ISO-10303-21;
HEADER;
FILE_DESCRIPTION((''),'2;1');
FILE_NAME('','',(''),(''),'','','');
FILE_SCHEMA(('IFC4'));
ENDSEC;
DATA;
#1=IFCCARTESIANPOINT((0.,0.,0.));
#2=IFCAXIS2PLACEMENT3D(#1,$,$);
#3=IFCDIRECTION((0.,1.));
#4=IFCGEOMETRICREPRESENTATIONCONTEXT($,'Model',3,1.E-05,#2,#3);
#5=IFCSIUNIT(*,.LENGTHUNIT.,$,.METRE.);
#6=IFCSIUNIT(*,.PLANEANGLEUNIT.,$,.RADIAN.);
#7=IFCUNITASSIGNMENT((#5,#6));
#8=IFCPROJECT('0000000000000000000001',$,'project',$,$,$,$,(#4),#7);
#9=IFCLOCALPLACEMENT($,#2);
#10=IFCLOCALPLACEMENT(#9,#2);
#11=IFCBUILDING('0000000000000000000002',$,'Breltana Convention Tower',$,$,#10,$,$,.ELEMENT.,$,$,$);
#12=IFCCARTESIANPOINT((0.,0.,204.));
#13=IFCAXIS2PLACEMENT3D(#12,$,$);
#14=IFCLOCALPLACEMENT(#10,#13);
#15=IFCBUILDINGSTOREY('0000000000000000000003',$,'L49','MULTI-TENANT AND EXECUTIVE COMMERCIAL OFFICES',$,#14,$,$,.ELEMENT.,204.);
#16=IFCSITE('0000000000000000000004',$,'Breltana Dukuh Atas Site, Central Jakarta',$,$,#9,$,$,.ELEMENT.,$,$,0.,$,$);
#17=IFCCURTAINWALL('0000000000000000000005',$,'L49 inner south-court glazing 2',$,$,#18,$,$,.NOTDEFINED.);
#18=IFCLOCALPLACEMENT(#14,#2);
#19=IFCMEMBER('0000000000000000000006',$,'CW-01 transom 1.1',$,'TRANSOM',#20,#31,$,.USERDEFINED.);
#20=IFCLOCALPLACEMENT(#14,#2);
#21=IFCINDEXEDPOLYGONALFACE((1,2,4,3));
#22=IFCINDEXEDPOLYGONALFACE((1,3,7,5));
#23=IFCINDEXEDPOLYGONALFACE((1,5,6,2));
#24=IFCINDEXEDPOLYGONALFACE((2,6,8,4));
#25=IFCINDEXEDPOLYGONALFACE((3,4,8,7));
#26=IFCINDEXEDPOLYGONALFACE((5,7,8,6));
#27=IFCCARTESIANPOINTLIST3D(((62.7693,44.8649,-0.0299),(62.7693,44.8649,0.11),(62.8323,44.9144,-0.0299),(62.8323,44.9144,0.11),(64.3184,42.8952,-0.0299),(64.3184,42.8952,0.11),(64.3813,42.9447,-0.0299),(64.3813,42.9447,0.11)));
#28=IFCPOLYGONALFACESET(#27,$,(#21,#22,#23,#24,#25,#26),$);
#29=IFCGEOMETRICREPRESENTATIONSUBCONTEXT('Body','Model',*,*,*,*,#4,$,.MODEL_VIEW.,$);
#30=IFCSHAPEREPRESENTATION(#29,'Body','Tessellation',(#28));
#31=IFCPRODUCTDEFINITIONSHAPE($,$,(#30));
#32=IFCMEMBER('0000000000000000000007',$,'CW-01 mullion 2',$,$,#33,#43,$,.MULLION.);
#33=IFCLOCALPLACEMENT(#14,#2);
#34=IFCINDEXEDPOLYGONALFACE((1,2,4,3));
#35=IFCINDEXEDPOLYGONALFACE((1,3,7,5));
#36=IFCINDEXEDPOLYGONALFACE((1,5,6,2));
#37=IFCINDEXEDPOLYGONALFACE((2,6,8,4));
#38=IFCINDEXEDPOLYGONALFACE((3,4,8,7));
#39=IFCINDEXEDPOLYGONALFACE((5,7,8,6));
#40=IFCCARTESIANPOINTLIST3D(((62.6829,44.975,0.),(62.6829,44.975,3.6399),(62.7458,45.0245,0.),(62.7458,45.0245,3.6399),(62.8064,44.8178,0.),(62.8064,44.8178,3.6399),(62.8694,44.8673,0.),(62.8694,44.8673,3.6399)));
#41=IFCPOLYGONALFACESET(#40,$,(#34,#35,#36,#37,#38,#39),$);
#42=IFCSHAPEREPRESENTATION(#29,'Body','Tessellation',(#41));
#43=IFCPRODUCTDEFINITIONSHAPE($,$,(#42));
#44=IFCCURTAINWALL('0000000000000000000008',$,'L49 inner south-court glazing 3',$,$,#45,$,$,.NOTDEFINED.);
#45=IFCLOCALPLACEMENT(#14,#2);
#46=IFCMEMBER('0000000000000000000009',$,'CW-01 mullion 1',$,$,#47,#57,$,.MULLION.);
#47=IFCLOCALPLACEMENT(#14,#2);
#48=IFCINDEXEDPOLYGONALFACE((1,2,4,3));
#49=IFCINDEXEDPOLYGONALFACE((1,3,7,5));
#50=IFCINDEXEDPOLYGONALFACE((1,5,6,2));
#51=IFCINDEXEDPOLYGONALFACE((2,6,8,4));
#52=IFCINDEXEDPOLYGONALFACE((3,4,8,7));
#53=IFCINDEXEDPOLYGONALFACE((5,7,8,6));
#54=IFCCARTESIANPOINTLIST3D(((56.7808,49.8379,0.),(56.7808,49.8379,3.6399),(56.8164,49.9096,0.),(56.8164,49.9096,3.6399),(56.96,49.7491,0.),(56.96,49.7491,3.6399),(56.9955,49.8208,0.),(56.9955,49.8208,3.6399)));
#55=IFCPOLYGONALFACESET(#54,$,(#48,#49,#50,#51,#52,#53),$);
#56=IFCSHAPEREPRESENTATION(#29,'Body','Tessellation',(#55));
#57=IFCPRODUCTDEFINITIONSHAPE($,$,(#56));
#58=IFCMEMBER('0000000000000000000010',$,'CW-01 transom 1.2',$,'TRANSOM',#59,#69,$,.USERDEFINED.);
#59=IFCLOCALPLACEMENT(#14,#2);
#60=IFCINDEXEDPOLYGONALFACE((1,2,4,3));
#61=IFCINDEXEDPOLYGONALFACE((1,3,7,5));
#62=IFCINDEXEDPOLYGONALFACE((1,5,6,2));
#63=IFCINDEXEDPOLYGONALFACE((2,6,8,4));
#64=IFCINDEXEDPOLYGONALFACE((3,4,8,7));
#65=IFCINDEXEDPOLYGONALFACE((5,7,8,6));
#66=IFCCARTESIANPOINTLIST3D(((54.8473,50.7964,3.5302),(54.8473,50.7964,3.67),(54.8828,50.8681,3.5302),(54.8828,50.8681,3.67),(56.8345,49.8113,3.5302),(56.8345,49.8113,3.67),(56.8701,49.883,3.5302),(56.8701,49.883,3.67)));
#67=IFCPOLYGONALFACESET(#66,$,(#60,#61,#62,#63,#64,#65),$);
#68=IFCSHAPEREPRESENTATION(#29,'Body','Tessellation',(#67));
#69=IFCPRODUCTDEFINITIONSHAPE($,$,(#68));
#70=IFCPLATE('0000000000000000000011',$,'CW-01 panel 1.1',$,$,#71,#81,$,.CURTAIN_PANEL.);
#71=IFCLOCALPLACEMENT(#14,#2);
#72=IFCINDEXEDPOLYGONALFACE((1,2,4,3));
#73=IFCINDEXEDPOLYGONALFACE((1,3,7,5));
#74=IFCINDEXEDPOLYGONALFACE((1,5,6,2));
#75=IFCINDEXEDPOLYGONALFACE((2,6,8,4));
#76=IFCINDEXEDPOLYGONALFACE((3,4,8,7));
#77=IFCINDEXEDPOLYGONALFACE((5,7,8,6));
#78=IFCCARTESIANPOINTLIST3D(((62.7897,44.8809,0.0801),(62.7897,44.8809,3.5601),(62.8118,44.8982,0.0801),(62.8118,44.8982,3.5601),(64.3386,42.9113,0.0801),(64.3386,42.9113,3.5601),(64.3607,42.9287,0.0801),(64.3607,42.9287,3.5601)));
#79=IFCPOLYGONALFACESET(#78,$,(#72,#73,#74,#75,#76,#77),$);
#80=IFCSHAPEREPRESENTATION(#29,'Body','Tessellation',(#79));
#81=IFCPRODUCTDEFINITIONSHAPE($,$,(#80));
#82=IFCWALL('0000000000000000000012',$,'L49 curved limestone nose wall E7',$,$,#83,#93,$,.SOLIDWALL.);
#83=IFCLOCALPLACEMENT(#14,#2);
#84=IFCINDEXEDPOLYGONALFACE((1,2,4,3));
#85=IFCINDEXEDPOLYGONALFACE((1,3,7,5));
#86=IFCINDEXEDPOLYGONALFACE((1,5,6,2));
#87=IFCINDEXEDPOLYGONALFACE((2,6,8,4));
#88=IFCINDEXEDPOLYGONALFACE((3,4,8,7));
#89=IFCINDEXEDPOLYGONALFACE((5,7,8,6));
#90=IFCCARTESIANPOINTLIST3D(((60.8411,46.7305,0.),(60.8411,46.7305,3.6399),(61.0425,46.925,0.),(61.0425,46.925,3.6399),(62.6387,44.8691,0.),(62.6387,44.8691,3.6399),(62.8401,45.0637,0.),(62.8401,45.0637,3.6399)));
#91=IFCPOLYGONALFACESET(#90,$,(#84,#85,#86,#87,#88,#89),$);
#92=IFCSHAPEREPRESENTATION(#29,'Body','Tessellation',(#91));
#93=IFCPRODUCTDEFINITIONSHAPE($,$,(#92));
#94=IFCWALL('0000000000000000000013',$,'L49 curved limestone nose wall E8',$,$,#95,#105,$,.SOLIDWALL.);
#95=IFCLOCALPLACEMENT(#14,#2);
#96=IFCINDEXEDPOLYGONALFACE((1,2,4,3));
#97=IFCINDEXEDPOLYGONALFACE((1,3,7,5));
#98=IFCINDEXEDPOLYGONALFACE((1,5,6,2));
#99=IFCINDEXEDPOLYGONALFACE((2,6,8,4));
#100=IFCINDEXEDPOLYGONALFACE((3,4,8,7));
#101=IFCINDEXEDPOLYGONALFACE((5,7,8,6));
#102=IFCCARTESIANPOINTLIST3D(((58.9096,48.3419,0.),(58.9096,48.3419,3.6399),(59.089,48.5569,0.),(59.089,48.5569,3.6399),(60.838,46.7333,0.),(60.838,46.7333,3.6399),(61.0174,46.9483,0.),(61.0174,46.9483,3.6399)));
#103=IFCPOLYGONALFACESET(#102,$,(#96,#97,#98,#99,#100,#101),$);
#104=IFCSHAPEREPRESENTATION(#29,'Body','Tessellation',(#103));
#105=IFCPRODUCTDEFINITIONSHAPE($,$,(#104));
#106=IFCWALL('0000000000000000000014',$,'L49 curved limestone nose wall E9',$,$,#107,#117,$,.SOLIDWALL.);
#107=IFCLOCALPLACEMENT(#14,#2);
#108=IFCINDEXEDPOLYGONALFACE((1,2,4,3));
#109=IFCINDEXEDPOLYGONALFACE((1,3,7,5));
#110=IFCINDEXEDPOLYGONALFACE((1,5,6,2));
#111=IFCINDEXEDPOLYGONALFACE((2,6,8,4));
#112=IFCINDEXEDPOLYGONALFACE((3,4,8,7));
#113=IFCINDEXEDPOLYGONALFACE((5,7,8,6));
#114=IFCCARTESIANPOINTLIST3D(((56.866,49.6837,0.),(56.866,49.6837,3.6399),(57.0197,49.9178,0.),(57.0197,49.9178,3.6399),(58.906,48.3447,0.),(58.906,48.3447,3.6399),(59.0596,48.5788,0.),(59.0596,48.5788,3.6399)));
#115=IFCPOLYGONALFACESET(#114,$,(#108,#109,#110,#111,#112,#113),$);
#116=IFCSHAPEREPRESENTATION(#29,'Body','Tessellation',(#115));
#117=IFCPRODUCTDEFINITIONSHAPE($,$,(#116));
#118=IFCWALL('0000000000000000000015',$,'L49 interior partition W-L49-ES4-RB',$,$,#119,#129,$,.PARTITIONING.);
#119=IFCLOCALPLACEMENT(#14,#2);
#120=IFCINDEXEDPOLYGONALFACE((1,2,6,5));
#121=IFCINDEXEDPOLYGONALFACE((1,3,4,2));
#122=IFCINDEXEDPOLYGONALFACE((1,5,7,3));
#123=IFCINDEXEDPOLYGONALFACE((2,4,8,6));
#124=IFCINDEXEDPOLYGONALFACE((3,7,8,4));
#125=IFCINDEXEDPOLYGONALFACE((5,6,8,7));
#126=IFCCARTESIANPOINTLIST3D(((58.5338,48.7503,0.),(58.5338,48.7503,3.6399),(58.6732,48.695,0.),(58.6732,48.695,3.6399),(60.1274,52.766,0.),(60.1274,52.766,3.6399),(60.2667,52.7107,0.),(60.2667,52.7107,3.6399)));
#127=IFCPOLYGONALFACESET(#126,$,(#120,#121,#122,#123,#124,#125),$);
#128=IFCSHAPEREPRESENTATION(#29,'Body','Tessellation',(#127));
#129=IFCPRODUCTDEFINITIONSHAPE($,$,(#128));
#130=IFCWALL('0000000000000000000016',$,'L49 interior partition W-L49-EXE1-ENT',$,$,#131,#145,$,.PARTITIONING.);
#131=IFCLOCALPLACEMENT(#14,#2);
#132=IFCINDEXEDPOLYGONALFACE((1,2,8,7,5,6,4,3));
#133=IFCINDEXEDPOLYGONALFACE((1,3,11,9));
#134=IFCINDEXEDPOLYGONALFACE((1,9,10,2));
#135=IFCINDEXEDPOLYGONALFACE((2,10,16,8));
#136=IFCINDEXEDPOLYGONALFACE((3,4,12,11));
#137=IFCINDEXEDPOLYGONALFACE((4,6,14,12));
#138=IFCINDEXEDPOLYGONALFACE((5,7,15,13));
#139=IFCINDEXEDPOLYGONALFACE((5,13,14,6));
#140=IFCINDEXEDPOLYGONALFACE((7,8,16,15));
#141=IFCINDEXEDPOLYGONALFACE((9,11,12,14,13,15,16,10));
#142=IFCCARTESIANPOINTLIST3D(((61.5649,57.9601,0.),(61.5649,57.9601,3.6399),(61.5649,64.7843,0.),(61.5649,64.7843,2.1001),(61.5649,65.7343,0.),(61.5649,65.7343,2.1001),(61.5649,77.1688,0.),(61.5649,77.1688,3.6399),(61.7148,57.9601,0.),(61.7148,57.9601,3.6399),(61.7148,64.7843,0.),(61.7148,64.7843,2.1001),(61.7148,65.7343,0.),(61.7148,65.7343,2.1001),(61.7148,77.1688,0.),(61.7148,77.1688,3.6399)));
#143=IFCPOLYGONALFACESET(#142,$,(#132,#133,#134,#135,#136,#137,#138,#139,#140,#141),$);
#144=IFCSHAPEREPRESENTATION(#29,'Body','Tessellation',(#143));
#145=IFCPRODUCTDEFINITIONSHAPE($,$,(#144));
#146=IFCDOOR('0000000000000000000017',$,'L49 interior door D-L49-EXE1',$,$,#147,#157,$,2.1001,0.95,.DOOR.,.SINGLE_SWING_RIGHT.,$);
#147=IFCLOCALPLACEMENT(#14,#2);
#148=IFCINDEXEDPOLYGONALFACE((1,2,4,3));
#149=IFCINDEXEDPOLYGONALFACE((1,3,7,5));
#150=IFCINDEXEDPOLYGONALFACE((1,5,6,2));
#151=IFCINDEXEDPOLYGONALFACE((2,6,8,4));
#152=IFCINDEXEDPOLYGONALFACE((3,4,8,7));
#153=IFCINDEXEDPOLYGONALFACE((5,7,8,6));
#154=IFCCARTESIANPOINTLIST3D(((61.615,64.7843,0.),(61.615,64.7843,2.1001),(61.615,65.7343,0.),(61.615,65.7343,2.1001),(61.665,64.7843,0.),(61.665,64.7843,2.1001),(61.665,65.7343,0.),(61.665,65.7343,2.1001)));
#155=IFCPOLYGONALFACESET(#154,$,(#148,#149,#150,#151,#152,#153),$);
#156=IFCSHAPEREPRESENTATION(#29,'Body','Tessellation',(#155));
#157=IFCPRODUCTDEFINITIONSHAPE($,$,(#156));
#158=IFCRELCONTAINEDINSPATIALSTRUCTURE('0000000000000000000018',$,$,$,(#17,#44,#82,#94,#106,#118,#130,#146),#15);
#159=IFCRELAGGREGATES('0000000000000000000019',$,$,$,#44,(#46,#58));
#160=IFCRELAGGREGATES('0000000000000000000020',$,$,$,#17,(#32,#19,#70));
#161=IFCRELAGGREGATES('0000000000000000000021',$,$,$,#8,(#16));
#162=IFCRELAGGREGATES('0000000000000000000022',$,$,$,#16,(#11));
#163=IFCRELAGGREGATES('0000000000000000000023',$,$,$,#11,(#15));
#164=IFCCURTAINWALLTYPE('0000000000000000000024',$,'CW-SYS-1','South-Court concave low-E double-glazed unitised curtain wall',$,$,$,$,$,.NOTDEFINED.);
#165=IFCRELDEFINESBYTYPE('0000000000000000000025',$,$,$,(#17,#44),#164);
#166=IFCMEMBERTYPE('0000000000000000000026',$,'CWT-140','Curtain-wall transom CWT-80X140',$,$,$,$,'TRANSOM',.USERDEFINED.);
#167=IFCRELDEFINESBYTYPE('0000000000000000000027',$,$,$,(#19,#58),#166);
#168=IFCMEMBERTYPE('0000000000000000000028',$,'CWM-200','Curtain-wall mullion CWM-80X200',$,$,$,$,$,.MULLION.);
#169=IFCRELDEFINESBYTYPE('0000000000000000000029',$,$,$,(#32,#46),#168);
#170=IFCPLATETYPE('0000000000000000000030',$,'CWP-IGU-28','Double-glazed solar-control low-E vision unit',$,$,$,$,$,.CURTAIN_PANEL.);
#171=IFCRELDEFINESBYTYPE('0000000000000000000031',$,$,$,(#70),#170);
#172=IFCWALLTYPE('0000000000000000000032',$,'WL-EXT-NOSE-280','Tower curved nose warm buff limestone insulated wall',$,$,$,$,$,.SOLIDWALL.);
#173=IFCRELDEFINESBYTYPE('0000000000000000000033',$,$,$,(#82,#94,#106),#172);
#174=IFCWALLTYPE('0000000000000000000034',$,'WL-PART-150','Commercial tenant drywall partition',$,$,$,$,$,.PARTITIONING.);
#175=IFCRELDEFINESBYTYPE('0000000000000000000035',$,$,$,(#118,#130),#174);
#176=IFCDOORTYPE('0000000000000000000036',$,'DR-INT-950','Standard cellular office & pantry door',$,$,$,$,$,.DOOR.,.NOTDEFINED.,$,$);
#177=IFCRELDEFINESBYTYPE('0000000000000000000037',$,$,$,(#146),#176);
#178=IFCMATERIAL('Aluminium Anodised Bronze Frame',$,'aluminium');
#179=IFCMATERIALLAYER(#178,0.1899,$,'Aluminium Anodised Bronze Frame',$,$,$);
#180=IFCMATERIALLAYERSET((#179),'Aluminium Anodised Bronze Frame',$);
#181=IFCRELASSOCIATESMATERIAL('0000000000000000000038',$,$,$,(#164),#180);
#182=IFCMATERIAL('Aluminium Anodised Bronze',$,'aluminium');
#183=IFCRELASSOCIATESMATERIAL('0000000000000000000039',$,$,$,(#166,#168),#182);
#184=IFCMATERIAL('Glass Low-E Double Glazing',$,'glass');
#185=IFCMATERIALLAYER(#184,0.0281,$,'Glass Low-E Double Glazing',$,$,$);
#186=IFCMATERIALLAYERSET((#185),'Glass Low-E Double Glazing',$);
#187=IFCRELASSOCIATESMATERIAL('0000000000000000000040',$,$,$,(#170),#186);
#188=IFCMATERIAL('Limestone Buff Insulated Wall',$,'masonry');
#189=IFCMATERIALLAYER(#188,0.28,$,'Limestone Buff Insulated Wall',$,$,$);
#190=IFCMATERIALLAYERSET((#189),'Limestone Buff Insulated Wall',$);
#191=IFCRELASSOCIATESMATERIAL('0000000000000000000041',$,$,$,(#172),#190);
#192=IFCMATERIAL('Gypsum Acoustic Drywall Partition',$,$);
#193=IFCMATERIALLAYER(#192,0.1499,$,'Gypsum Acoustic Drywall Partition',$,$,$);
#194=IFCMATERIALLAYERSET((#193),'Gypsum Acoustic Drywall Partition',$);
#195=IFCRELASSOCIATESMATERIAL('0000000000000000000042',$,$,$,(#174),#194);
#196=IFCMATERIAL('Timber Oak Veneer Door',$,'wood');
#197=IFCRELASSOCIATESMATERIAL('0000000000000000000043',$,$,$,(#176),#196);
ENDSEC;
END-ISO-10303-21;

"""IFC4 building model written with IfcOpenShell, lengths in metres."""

from ifc_helpers import new_model, si_unit, direction, frame, frame_2d, origin, origin_2d, place, context, subcontext, project, spatial, rectangle, extrude, source, transform, mapped, material, layer, layer_set, material_profile, profile_set, type_object, type_shapes, element, fill, aggregate, save


model = new_model("IFC4")

# Units and contexts
model_context = context("Model", 3, precision=1e-05, world=origin(), true_north=direction((0.0, 1.0)))
body_context = subcontext(model_context, "Body", "Model", "MODEL_VIEW")
ifc_project = project(units=[si_unit("LENGTHUNIT", "METRE"), si_unit("PLANEANGLEUNIT", "RADIAN")], contexts=[model_context])

# Site, building, storey
site_placement = place(None, origin())
site = spatial("IfcSite", under=ifc_project, at=site_placement, Name="Breltana Dukuh Atas Site, Central Jakarta", CompositionType="ELEMENT", RefElevation=0.0)
building_placement = place(site_placement, origin())
building = spatial("IfcBuilding", under=site, at=building_placement, Name="Breltana Convention Tower", CompositionType="ELEMENT")
storey_placement = place(building_placement, frame((0.0, 0.0, 204.0)))
storey = spatial("IfcBuildingStorey", under=building, at=storey_placement, Name="L49", Description="MULTI-TENANT AND EXECUTIVE COMMERCIAL OFFICES", CompositionType="ELEMENT", Elevation=204.0)

# Curtain walls, members
ifc_material_1 = material(Name="Aluminium Anodised Bronze Frame", Category="aluminium")
ifc_layer_1 = layer(ifc_material_1, 0.1899, Name="Aluminium Anodised Bronze Frame")
ifc_layer_set_1 = layer_set([ifc_layer_1], Name="Aluminium Anodised Bronze Frame")
curtain_wall_type = type_object("IfcCurtainWallType", Name="CW-SYS-1", Description="South-Court concave low-E double-glazed unitised curtain wall", PredefinedType="NOTDEFINED", material=ifc_layer_set_1)
curtain_wall_1_placement = place(storey_placement, origin())
curtain_wall_1 = element("IfcCurtainWall", 1, at=curtain_wall_1_placement, inside=storey, type_object=curtain_wall_type, Name="L49 inner south-court glazing 2", PredefinedType="NOTDEFINED")
ifc_material_2 = material(Name="Aluminium Anodised Bronze", Category="aluminium")
ifc_material_profile_1 = material_profile(ifc_material_2, rectangle(XDim=0.0801, YDim=0.1399, at=origin_2d()), Name="CWT-80X140")
ifc_profile_set_1 = profile_set([ifc_material_profile_1], Name="Aluminium Anodised Bronze")
member_type_1 = type_object("IfcMemberType", Name="CWT-140", Description="Curtain-wall transom CWT-80X140", ElementType="TRANSOM", PredefinedType="USERDEFINED", material=ifc_profile_set_1)
shared_shape_1 = source(origin(), body_context, "Body", "SweptSolid", [
    extrude(rectangle(XDim=0.0801, YDim=0.1399, at=origin_2d()), origin(), (0.0, 0.0, 1.0), 2.5059),
])
member_1_placement = place(storey_placement, frame((64.3499, 42.9199, 0.04), z_axis=(-0.618174, 0.786041, 0.0), x_axis=(-0.786041, -0.618174, 0.0)))
member_1 = element("IfcMember", 2, at=member_1_placement, type_object=member_type_1, Name="CW-01 transom 1.1", ObjectType="TRANSOM", PredefinedType="USERDEFINED", context=body_context, shape_type="MappedRepresentation", body=[
    mapped(shared_shape_1, transform((0.0, 0.0, 0.0), scale=1.0)),
])
ifc_material_profile_2 = material_profile(ifc_material_2, rectangle(XDim=0.0801, YDim=0.2, at=origin_2d()), Name="CWM-80X200")
ifc_profile_set_2 = profile_set([ifc_material_profile_2], Name="Aluminium Anodised Bronze")
member_type_2 = type_object("IfcMemberType", Name="CWM-200", Description="Curtain-wall mullion CWM-80X200", PredefinedType="MULLION", material=ifc_profile_set_2)
shared_shape_2 = source(origin(), body_context, "Body", "SweptSolid", [
    extrude(rectangle(XDim=0.0801, YDim=0.2, at=origin_2d()), origin(), (0.0, 0.0, 1.0), 3.6399),
])
member_2_placement = place(storey_placement, frame((62.7761, 44.9211, 0.0), z_axis=(0.0, 0.0, 1.0), x_axis=(-0.786061, -0.61815, 0.0)))
member_2 = element("IfcMember", 3, at=member_2_placement, type_object=member_type_2, Name="CW-01 mullion 2", PredefinedType="MULLION", context=body_context, shape_type="MappedRepresentation", body=[
    mapped(shared_shape_2, transform((0.0, 0.0, 0.0), scale=1.0)),
])
curtain_wall_2_placement = place(storey_placement, origin())
curtain_wall_2 = element("IfcCurtainWall", 4, at=curtain_wall_2_placement, inside=storey, type_object=curtain_wall_type, Name="L49 inner south-court glazing 3", PredefinedType="NOTDEFINED")
member_3_placement = place(storey_placement, frame((56.8882, 49.8293, 0.0), z_axis=(0.0, 0.0, 1.0), x_axis=(-0.444133, -0.895961, 0.0)))
member_3 = element("IfcMember", 5, at=member_3_placement, type_object=member_type_2, Name="CW-01 mullion 1", PredefinedType="MULLION", context=body_context, shape_type="MappedRepresentation", body=[
    mapped(shared_shape_2, transform((0.0, 0.0, 0.0), scale=1.0)),
])
shared_shape_3 = source(origin(), body_context, "Body", "SweptSolid", [
    extrude(rectangle(XDim=0.0801, YDim=0.1399, at=origin_2d()), origin(), (0.0, 0.0, 1.0), 2.218),
])
member_4_placement = place(storey_placement, frame((56.8523, 49.8472, 3.6001), z_axis=(-0.895963, 0.444129, 0.0), x_axis=(-0.444129, -0.895963, 0.0)))
member_4 = element("IfcMember", 6, at=member_4_placement, type_object=member_type_1, Name="CW-01 transom 1.2", ObjectType="TRANSOM", PredefinedType="USERDEFINED", context=body_context, shape_type="MappedRepresentation", body=[
    mapped(shared_shape_3, transform((0.0, 0.0, 0.0), scale=1.0)),
])
aggregate(curtain_wall_2, [member_3, member_4])

# Plate
ifc_material_3 = material(Name="Glass Low-E Double Glazing", Category="glass")
ifc_layer_2 = layer(ifc_material_3, 0.0281, Name="Glass Low-E Double Glazing")
ifc_layer_set_2 = layer_set([ifc_layer_2], Name="Glass Low-E Double Glazing")
plate_type = type_object("IfcPlateType", Name="CWP-IGU-28", Description="Double-glazed solar-control low-E vision unit", PredefinedType="CURTAIN_PANEL", material=ifc_layer_set_2)
shared_shape_4 = source(origin(), body_context, "Body", "SweptSolid", [
    extrude(rectangle(XDim=2.5056, YDim=0.0281, at=origin_2d()), origin(), (0.0, 0.0, 1.0), 3.48),
])
plate_placement = place(storey_placement, frame((63.5752, 43.9048, 0.0801), z_axis=(0.0, 0.0, 1.0), x_axis=(-0.61815, 0.786061, 0.0)))
plate = element("IfcPlate", 7, at=plate_placement, type_object=plate_type, Name="CW-01 panel 1.1", PredefinedType="CURTAIN_PANEL", context=body_context, shape_type="MappedRepresentation", body=[
    mapped(shared_shape_4, transform((0.0, 0.0, 0.0), scale=1.0)),
])
aggregate(curtain_wall_1, [member_2, member_1, plate])

# Walls
ifc_material_4 = material(Name="Limestone Buff Insulated Wall", Category="masonry")
ifc_layer_3 = layer(ifc_material_4, 0.28, Name="Limestone Buff Insulated Wall")
ifc_layer_set_3 = layer_set([ifc_layer_3], Name="Limestone Buff Insulated Wall")
wall_type_1 = type_object("IfcWallType", Name="WL-EXT-NOSE-280", Description="Tower curved nose warm buff limestone insulated wall", PredefinedType="SOLIDWALL", material=ifc_layer_set_3)
shared_shape_5 = source(origin(), body_context, "Body", "SweptSolid", [
    extrude(rectangle(XDim=2.5876, YDim=0.28, at=frame_2d((1.2939, 0.0))), origin(), (0.0, 0.0, 1.0), 3.6399),
])
wall_1_placement = place(storey_placement, frame((62.7395, 44.9663, 0.0), z_axis=(0.0, 0.0, 1.0), x_axis=(-0.694687, 0.719312, 0.0)))
element("IfcWall", 8, at=wall_1_placement, inside=storey, type_object=wall_type_1, Name="L49 curved limestone nose wall E7", PredefinedType="SOLIDWALL", context=body_context, shape_type="MappedRepresentation", body=[
    mapped(shared_shape_5, transform((0.0, 0.0, 0.0), scale=1.0)),
])
shared_shape_6 = source(origin(), body_context, "Body", "SweptSolid", [
    extrude(rectangle(XDim=2.5112, YDim=0.28, at=frame_2d((1.2556, 0.0))), origin(), (0.0, 0.0, 1.0), 3.6399),
])
wall_2_placement = place(storey_placement, frame((60.9277, 46.8408, 0.0), z_axis=(0.0, 0.0, 1.0), x_axis=(-0.76791, 0.640557, 0.0)))
element("IfcWall", 9, at=wall_2_placement, inside=storey, type_object=wall_type_1, Name="L49 curved limestone nose wall E8", PredefinedType="SOLIDWALL", context=body_context, shape_type="MappedRepresentation", body=[
    mapped(shared_shape_6, transform((0.0, 0.0, 0.0), scale=1.0)),
])
shared_shape_7 = source(origin(), body_context, "Body", "SweptSolid", [
    extrude(rectangle(XDim=2.4402, YDim=0.28, at=frame_2d((1.2202, 0.0))), origin(), (0.0, 0.0, 1.0), 3.6399),
])
wall_3_placement = place(storey_placement, frame((58.9829, 48.4617, 0.0), z_axis=(0.0, 0.0, 1.0), x_axis=(-0.835985, 0.548753, 0.0)))
element("IfcWall", 10, at=wall_3_placement, inside=storey, type_object=wall_type_1, Name="L49 curved limestone nose wall E9", PredefinedType="SOLIDWALL", context=body_context, shape_type="MappedRepresentation", body=[
    mapped(shared_shape_7, transform((0.0, 0.0, 0.0), scale=1.0)),
])
ifc_material_5 = material(Name="Gypsum Acoustic Drywall Partition")
ifc_layer_4 = layer(ifc_material_5, 0.1499, Name="Gypsum Acoustic Drywall Partition")
ifc_layer_set_4 = layer_set([ifc_layer_4], Name="Gypsum Acoustic Drywall Partition")
wall_type_2 = type_object("IfcWallType", Name="WL-PART-150", Description="Commercial tenant drywall partition", PredefinedType="PARTITIONING", material=ifc_layer_set_4)
shared_shape_8 = source(origin(), body_context, "Body", "SweptSolid", [
    extrude(rectangle(XDim=4.3203, YDim=0.1499, at=frame_2d((2.1602, 0.0))), origin(), (0.0, 0.0, 1.0), 3.6399),
])
wall_4_placement = place(storey_placement, frame((58.6035, 48.7227, 0.0), z_axis=(0.0, 0.0, 1.0), x_axis=(0.368846, 0.92949, 0.0)))
element("IfcWall", 11, at=wall_4_placement, inside=storey, type_object=wall_type_2, Name="L49 interior partition W-L49-ES4-RB", PredefinedType="PARTITIONING", context=body_context, shape_type="MappedRepresentation", body=[
    mapped(shared_shape_8, transform((0.0, 0.0, 0.0), scale=1.0)),
])

# Wall, opening, door
shared_shape_9 = source(origin(), body_context, "Body", "SweptSolid", [
    extrude(rectangle(XDim=19.2087, YDim=0.1499, at=frame_2d((9.6045, 0.0))), origin(), (0.0, 0.0, 1.0), 3.6399),
])
wall_5_placement = place(storey_placement, frame((61.6399, 57.96, 0.0), z_axis=(0.0, 0.0, 1.0), x_axis=(0.0, 1.0, 0.0)))
wall_5 = element("IfcWall", 12, at=wall_5_placement, inside=storey, type_object=wall_type_2, Name="L49 interior partition W-L49-EXE1-ENT", PredefinedType="PARTITIONING", context=body_context, shape_type="MappedRepresentation", body=[
    mapped(shared_shape_9, transform((0.0, 0.0, 0.0), scale=1.0)),
])
opening_placement = place(wall_5_placement, frame((6.8242, 0.0, 0.0)))
opening = element("IfcOpeningElement", 13, at=opening_placement, cuts=wall_5, PredefinedType="OPENING", context=body_context, shape_type="SweptSolid", body=[
    extrude(rectangle(XDim=0.95, YDim=2.1001, at=frame_2d((0.4751, 1.05))), frame((0.0, 0.085, 0.0), z_axis=(0.0, -1.0, 0.0), x_axis=(1.0, 0.0, 0.0)), (0.0, 0.0, 1.0), 0.1699),
])
ifc_material_6 = material(Name="Timber Oak Veneer Door", Category="wood")
door_type = type_object("IfcDoorType", Name="DR-INT-950", Description="Standard cellular office & pantry door", OperationType="NOTDEFINED", PredefinedType="DOOR", material=ifc_material_6)
shared_shape_10 = source(origin(), body_context, "Body", "SweptSolid", [
    extrude(rectangle(XDim=0.95, YDim=2.1001, at=frame_2d((0.4751, 1.05))), frame((0.0, 0.0249, 0.0), z_axis=(0.0, -1.0, 0.0), x_axis=(1.0, 0.0, 0.0)), (0.0, 0.0, 1.0), 0.05),
])
type_shapes(door_type, [shared_shape_10])
door_placement = place(opening_placement, origin())
door = element("IfcDoor", 14, at=door_placement, inside=storey, type_object=door_type, Name="L49 interior door D-L49-EXE1", OperationType="SINGLE_SWING_RIGHT", OverallHeight=2.1001, OverallWidth=0.95, PredefinedType="DOOR", context=body_context, shape_type="MappedRepresentation", body=[
    mapped(shared_shape_10, transform((0.0, 0.0, 0.0), scale=1.0)),
])
fill(opening, door)

save(model, "model.ifc")
